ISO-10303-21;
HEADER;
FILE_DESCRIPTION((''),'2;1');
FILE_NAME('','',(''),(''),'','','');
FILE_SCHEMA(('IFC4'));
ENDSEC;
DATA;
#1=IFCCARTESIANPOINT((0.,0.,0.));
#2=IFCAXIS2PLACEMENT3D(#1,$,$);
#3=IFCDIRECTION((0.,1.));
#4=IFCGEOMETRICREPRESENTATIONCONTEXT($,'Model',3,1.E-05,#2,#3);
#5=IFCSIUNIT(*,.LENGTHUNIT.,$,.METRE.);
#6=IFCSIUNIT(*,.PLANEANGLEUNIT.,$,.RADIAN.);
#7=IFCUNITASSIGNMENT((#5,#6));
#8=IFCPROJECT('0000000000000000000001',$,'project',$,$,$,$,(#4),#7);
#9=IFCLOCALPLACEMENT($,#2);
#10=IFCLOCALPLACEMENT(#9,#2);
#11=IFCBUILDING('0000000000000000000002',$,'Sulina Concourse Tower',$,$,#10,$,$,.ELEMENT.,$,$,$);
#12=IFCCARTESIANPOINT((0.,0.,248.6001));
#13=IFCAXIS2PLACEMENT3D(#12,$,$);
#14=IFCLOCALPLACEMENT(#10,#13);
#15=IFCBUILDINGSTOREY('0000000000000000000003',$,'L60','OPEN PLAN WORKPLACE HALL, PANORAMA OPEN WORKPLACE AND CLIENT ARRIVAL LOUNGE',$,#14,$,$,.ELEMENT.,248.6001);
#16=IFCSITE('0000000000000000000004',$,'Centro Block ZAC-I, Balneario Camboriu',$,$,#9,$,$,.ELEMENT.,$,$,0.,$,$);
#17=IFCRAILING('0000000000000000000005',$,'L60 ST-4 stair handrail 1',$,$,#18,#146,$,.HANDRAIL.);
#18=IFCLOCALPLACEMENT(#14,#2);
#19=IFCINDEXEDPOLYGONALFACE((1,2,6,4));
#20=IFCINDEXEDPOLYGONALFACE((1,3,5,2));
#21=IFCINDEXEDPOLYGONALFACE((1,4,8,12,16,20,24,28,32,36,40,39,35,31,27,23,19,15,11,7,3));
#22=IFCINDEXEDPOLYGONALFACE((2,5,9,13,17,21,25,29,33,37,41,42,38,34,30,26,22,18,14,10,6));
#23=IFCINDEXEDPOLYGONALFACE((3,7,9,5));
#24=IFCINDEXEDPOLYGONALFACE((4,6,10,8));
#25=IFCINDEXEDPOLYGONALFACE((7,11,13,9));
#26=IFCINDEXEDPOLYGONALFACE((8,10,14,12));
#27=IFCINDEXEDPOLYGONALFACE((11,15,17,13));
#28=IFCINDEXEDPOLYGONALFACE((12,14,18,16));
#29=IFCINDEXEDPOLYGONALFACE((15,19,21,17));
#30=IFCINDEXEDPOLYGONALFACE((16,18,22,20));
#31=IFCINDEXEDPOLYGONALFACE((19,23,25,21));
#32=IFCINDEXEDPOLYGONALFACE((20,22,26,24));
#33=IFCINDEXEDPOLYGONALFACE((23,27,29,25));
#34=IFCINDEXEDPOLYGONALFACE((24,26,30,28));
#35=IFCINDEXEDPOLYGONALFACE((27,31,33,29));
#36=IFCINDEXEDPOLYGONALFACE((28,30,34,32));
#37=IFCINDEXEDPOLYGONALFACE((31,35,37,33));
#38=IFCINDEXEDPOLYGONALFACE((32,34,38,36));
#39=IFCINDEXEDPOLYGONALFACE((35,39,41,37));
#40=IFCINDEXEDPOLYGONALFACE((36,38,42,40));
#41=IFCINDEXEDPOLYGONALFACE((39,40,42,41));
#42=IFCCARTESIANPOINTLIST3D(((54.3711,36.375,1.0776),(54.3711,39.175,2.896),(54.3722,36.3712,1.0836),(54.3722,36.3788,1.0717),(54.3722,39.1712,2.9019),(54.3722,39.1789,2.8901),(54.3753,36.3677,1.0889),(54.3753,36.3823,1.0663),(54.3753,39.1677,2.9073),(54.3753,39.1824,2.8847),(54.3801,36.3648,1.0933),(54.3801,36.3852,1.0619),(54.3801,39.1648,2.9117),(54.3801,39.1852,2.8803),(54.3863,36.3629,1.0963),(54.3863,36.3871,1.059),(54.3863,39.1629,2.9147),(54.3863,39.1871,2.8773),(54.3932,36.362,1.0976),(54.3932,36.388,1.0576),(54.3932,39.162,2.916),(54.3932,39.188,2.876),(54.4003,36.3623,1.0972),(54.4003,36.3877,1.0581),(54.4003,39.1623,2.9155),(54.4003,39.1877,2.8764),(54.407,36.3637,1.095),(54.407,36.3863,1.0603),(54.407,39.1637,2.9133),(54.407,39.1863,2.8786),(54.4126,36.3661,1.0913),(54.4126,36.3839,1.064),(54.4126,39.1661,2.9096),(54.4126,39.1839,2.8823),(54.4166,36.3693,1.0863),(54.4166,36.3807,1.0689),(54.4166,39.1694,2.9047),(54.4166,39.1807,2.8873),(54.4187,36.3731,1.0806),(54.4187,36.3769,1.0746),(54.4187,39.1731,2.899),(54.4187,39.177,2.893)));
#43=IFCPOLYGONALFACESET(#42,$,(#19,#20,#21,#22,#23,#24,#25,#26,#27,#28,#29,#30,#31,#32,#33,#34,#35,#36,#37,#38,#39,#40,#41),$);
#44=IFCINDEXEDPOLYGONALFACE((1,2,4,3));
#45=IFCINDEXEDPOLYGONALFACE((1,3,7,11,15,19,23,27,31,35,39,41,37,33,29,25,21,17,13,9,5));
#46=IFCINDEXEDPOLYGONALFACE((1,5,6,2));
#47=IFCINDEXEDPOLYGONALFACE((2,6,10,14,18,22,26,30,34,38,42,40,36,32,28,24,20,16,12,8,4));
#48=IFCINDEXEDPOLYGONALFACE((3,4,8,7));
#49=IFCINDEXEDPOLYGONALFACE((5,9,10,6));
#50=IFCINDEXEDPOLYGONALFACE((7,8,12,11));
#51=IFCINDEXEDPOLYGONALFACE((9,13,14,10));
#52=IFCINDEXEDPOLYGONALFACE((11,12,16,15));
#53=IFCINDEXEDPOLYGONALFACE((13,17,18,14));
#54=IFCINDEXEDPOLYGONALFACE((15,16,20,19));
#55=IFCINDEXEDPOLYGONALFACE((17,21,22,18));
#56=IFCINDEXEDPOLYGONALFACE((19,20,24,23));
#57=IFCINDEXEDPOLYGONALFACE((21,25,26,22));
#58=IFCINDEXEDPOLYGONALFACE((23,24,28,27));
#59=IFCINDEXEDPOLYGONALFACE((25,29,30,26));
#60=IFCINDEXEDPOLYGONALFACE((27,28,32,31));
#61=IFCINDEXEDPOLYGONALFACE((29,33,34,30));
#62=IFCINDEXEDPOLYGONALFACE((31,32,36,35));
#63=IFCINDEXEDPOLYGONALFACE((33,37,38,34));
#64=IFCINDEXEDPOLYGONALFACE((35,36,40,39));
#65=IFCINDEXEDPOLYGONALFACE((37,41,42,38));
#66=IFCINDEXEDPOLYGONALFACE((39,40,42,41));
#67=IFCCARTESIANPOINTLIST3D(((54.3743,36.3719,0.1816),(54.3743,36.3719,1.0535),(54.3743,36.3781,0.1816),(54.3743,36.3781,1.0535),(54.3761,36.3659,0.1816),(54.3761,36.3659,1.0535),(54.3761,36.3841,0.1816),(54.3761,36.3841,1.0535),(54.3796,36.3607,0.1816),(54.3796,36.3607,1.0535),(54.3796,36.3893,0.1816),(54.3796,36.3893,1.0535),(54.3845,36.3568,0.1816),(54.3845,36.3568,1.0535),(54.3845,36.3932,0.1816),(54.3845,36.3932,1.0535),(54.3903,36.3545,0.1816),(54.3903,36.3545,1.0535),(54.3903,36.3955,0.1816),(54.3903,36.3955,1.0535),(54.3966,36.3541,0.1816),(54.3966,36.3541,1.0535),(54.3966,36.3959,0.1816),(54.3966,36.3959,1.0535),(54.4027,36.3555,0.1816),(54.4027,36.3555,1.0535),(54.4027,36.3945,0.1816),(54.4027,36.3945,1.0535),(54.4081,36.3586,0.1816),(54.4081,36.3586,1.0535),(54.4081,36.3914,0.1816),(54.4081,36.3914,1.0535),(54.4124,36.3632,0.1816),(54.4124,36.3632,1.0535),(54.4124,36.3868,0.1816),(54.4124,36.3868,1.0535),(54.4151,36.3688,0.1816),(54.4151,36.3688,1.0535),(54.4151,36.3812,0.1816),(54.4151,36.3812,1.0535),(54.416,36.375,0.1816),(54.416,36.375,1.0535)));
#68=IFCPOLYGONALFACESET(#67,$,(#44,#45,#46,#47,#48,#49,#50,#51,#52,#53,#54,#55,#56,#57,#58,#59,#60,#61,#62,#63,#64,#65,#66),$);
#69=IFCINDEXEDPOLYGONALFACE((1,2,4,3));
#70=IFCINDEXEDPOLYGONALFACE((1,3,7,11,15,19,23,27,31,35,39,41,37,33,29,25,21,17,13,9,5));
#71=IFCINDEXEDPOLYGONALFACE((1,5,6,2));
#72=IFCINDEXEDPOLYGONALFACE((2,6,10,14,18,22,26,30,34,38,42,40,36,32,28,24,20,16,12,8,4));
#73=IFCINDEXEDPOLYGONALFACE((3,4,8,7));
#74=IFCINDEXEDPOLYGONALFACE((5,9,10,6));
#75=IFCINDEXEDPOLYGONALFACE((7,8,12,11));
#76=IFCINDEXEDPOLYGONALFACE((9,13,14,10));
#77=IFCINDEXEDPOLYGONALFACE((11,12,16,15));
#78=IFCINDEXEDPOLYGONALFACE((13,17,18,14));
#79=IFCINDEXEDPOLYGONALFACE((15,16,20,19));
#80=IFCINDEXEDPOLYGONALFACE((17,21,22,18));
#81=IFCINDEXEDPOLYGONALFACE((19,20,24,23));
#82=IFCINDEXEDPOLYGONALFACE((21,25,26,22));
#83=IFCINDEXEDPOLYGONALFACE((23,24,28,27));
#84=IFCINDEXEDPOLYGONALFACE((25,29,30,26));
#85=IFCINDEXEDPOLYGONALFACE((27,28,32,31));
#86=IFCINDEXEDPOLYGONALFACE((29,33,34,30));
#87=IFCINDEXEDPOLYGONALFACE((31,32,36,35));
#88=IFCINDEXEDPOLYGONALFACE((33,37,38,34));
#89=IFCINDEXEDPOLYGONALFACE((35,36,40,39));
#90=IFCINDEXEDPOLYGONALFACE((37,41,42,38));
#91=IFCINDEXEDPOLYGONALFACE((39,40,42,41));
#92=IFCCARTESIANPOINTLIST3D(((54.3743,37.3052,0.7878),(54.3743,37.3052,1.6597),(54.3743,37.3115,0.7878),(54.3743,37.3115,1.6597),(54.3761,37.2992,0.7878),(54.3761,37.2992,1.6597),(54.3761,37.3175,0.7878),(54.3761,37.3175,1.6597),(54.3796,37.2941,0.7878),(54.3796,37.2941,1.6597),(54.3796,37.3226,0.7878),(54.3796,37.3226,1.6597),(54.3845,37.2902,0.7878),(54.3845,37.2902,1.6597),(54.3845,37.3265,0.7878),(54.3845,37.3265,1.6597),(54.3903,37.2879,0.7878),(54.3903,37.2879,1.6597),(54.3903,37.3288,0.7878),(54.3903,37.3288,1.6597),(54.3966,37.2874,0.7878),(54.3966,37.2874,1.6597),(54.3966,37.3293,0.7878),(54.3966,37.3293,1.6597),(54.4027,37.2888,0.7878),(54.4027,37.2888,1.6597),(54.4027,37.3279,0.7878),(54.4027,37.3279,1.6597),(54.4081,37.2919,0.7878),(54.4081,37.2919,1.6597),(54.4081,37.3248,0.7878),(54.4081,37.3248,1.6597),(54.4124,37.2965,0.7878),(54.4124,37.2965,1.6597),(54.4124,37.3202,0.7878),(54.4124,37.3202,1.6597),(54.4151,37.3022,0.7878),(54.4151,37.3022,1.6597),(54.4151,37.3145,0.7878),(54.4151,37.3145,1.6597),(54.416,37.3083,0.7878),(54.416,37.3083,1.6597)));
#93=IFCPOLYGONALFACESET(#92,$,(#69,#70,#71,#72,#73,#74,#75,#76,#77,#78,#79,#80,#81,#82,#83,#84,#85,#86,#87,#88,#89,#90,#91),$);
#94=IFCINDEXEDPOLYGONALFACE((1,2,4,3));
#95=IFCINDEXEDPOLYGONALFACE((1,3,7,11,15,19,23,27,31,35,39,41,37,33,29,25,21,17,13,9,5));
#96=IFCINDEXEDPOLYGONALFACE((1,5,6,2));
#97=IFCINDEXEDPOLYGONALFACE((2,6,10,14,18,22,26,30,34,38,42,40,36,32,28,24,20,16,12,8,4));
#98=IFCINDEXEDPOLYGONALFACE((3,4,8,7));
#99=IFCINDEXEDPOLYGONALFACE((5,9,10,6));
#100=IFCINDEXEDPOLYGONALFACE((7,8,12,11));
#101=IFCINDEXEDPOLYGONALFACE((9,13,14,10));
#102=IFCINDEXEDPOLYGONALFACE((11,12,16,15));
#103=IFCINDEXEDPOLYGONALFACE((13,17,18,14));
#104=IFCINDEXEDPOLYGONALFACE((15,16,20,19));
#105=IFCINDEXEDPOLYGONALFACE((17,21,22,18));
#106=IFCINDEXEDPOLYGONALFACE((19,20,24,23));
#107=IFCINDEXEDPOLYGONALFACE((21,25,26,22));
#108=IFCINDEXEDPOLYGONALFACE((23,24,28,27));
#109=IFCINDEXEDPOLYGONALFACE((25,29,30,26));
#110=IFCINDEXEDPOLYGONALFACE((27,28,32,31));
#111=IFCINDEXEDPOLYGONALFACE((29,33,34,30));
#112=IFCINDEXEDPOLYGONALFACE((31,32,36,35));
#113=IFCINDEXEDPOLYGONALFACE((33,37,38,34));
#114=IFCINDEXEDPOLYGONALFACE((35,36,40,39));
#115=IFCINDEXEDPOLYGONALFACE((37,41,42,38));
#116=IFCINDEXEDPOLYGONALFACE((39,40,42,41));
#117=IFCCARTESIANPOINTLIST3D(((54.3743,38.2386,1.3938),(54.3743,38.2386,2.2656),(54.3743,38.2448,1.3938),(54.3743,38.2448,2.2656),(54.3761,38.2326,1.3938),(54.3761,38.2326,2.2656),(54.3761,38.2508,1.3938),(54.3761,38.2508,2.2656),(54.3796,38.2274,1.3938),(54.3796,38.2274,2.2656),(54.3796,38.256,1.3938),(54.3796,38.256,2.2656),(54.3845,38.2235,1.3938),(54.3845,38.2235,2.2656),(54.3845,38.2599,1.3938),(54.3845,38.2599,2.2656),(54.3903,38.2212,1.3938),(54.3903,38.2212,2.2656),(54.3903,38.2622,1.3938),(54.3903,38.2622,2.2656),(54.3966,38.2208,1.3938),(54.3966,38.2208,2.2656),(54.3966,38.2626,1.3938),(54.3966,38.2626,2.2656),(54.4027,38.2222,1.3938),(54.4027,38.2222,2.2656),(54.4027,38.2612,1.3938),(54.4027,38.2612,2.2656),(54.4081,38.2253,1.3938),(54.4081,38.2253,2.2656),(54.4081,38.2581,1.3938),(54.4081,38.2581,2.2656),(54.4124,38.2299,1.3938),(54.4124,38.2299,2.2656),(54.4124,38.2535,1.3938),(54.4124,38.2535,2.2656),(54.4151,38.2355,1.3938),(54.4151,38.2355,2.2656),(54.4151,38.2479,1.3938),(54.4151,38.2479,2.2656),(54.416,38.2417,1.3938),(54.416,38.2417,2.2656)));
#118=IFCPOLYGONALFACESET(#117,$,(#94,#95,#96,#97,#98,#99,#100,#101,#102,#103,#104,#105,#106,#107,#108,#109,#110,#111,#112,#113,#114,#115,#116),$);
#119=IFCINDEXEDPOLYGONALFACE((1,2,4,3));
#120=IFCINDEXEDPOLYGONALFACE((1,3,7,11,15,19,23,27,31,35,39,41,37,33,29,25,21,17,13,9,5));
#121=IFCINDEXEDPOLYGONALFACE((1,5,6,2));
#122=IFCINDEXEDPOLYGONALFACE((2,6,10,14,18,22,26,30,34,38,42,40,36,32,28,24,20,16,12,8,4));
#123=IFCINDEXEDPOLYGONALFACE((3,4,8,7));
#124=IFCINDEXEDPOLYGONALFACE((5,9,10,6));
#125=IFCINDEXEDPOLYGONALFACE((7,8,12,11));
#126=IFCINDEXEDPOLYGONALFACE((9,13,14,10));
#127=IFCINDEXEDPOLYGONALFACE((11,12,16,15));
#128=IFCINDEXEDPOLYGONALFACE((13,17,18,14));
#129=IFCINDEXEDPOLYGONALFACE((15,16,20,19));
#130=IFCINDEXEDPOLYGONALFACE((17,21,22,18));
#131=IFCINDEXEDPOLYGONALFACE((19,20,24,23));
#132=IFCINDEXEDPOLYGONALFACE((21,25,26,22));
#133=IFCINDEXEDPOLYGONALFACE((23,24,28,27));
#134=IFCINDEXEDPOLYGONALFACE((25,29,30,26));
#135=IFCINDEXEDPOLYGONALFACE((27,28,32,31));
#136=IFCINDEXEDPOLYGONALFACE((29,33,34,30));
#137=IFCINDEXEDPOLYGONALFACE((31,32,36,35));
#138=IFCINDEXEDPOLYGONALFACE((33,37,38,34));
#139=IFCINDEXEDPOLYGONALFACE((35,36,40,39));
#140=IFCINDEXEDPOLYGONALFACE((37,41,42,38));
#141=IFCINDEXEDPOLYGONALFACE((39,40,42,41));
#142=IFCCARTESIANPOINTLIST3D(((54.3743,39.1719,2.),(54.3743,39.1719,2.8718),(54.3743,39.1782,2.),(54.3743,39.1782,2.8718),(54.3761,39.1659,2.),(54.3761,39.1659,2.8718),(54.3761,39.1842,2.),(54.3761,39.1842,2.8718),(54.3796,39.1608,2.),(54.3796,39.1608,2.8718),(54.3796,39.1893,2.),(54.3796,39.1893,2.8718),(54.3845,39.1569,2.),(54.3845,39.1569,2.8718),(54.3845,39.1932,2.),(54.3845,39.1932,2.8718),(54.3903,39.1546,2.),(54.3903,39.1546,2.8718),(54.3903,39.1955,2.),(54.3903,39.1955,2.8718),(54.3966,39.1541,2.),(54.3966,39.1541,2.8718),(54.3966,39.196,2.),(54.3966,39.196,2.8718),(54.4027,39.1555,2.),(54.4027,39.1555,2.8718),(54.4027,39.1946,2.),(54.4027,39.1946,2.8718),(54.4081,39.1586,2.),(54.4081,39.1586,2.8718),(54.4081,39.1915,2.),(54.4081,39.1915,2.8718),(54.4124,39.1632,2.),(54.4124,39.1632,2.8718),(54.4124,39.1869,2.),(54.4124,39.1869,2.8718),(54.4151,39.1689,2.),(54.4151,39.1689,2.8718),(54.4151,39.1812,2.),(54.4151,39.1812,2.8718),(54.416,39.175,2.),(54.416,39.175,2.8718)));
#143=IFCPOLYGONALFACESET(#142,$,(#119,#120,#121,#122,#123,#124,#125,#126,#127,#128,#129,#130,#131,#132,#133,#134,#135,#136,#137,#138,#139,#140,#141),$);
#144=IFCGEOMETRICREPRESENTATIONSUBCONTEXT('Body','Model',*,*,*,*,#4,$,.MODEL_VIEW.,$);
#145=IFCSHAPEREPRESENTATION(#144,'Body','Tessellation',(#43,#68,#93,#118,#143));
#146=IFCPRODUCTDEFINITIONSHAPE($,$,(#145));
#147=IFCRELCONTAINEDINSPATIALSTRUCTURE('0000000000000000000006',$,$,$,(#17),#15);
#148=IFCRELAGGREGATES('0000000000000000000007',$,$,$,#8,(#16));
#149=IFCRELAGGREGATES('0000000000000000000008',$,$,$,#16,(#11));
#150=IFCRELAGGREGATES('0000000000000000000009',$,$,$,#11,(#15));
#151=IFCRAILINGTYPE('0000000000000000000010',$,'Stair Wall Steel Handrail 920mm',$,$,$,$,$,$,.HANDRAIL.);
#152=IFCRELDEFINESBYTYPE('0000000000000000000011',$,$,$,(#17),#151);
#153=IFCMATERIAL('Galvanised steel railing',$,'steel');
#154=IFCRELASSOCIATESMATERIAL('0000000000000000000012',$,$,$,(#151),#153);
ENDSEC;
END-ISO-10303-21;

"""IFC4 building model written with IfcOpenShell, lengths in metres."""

from ifc_helpers import new_model, si_unit, direction, frame, origin, origin_2d, place, context, subcontext, project, spatial, circle, extrude, material, type_object, element, save


model = new_model("IFC4")

# Units and contexts
model_context = context("Model", 3, precision=1e-05, world=origin(), true_north=direction((0.0, 1.0)))
body_context = subcontext(model_context, "Body", "Model", "MODEL_VIEW")
ifc_project = project(units=[si_unit("LENGTHUNIT", "METRE"), si_unit("PLANEANGLEUNIT", "RADIAN")], contexts=[model_context])

# Site, building, storey
site_placement = place(None, origin())
site = spatial("IfcSite", under=ifc_project, at=site_placement, Name="Centro Block ZAC-I, Balneario Camboriu", CompositionType="ELEMENT", RefElevation=0.0)
building_placement = place(site_placement, origin())
building = spatial("IfcBuilding", under=site, at=building_placement, Name="Sulina Concourse Tower", CompositionType="ELEMENT")
storey_placement = place(building_placement, frame((0.0, 0.0, 248.6001)))
storey = spatial("IfcBuildingStorey", under=building, at=storey_placement, Name="L60", Description="OPEN PLAN WORKPLACE HALL, PANORAMA OPEN WORKPLACE AND CLIENT ARRIVAL LOUNGE", CompositionType="ELEMENT", Elevation=248.6001)

# Railing
ifc_material_1 = material(Name="Galvanised steel railing", Category="steel")
railing_type_1 = type_object("IfcRailingType", Name="Stair Wall Steel Handrail 920mm", PredefinedType="HANDRAIL", material=ifc_material_1)
railing_1_placement = place(storey_placement, frame((54.395, 36.375, 0.1816)))
element("IfcRailing", 1, at=railing_1_placement, inside=storey, type_object=railing_type_1, Name="L60 ST-4 stair handrail 1", PredefinedType="HANDRAIL", context=body_context, shape_type="SweptSolid", body=[
    extrude(circle(Radius=0.0239, at=origin_2d()), frame((0.0, 0.0, 0.896), z_axis=(0.0, 0.838672, 0.544636), x_axis=(-1.0, 0.0, 0.0)), (0.0, 0.0, 1.0), 3.3386),
    extrude(circle(Radius=0.021, at=origin_2d()), origin(), (0.0, 0.0, 1.0), 0.8718),
    extrude(circle(Radius=0.021, at=origin_2d()), frame((0.0, 0.9333, 0.6062)), (0.0, 0.0, 1.0), 0.8718),
    extrude(circle(Radius=0.021, at=origin_2d()), frame((0.0, 1.8667, 1.2122)), (0.0, 0.0, 1.0), 0.8718),
    extrude(circle(Radius=0.021, at=origin_2d()), frame((0.0, 2.8, 1.8184)), (0.0, 0.0, 1.0), 0.8718),
])

save(model, "model.ifc")
